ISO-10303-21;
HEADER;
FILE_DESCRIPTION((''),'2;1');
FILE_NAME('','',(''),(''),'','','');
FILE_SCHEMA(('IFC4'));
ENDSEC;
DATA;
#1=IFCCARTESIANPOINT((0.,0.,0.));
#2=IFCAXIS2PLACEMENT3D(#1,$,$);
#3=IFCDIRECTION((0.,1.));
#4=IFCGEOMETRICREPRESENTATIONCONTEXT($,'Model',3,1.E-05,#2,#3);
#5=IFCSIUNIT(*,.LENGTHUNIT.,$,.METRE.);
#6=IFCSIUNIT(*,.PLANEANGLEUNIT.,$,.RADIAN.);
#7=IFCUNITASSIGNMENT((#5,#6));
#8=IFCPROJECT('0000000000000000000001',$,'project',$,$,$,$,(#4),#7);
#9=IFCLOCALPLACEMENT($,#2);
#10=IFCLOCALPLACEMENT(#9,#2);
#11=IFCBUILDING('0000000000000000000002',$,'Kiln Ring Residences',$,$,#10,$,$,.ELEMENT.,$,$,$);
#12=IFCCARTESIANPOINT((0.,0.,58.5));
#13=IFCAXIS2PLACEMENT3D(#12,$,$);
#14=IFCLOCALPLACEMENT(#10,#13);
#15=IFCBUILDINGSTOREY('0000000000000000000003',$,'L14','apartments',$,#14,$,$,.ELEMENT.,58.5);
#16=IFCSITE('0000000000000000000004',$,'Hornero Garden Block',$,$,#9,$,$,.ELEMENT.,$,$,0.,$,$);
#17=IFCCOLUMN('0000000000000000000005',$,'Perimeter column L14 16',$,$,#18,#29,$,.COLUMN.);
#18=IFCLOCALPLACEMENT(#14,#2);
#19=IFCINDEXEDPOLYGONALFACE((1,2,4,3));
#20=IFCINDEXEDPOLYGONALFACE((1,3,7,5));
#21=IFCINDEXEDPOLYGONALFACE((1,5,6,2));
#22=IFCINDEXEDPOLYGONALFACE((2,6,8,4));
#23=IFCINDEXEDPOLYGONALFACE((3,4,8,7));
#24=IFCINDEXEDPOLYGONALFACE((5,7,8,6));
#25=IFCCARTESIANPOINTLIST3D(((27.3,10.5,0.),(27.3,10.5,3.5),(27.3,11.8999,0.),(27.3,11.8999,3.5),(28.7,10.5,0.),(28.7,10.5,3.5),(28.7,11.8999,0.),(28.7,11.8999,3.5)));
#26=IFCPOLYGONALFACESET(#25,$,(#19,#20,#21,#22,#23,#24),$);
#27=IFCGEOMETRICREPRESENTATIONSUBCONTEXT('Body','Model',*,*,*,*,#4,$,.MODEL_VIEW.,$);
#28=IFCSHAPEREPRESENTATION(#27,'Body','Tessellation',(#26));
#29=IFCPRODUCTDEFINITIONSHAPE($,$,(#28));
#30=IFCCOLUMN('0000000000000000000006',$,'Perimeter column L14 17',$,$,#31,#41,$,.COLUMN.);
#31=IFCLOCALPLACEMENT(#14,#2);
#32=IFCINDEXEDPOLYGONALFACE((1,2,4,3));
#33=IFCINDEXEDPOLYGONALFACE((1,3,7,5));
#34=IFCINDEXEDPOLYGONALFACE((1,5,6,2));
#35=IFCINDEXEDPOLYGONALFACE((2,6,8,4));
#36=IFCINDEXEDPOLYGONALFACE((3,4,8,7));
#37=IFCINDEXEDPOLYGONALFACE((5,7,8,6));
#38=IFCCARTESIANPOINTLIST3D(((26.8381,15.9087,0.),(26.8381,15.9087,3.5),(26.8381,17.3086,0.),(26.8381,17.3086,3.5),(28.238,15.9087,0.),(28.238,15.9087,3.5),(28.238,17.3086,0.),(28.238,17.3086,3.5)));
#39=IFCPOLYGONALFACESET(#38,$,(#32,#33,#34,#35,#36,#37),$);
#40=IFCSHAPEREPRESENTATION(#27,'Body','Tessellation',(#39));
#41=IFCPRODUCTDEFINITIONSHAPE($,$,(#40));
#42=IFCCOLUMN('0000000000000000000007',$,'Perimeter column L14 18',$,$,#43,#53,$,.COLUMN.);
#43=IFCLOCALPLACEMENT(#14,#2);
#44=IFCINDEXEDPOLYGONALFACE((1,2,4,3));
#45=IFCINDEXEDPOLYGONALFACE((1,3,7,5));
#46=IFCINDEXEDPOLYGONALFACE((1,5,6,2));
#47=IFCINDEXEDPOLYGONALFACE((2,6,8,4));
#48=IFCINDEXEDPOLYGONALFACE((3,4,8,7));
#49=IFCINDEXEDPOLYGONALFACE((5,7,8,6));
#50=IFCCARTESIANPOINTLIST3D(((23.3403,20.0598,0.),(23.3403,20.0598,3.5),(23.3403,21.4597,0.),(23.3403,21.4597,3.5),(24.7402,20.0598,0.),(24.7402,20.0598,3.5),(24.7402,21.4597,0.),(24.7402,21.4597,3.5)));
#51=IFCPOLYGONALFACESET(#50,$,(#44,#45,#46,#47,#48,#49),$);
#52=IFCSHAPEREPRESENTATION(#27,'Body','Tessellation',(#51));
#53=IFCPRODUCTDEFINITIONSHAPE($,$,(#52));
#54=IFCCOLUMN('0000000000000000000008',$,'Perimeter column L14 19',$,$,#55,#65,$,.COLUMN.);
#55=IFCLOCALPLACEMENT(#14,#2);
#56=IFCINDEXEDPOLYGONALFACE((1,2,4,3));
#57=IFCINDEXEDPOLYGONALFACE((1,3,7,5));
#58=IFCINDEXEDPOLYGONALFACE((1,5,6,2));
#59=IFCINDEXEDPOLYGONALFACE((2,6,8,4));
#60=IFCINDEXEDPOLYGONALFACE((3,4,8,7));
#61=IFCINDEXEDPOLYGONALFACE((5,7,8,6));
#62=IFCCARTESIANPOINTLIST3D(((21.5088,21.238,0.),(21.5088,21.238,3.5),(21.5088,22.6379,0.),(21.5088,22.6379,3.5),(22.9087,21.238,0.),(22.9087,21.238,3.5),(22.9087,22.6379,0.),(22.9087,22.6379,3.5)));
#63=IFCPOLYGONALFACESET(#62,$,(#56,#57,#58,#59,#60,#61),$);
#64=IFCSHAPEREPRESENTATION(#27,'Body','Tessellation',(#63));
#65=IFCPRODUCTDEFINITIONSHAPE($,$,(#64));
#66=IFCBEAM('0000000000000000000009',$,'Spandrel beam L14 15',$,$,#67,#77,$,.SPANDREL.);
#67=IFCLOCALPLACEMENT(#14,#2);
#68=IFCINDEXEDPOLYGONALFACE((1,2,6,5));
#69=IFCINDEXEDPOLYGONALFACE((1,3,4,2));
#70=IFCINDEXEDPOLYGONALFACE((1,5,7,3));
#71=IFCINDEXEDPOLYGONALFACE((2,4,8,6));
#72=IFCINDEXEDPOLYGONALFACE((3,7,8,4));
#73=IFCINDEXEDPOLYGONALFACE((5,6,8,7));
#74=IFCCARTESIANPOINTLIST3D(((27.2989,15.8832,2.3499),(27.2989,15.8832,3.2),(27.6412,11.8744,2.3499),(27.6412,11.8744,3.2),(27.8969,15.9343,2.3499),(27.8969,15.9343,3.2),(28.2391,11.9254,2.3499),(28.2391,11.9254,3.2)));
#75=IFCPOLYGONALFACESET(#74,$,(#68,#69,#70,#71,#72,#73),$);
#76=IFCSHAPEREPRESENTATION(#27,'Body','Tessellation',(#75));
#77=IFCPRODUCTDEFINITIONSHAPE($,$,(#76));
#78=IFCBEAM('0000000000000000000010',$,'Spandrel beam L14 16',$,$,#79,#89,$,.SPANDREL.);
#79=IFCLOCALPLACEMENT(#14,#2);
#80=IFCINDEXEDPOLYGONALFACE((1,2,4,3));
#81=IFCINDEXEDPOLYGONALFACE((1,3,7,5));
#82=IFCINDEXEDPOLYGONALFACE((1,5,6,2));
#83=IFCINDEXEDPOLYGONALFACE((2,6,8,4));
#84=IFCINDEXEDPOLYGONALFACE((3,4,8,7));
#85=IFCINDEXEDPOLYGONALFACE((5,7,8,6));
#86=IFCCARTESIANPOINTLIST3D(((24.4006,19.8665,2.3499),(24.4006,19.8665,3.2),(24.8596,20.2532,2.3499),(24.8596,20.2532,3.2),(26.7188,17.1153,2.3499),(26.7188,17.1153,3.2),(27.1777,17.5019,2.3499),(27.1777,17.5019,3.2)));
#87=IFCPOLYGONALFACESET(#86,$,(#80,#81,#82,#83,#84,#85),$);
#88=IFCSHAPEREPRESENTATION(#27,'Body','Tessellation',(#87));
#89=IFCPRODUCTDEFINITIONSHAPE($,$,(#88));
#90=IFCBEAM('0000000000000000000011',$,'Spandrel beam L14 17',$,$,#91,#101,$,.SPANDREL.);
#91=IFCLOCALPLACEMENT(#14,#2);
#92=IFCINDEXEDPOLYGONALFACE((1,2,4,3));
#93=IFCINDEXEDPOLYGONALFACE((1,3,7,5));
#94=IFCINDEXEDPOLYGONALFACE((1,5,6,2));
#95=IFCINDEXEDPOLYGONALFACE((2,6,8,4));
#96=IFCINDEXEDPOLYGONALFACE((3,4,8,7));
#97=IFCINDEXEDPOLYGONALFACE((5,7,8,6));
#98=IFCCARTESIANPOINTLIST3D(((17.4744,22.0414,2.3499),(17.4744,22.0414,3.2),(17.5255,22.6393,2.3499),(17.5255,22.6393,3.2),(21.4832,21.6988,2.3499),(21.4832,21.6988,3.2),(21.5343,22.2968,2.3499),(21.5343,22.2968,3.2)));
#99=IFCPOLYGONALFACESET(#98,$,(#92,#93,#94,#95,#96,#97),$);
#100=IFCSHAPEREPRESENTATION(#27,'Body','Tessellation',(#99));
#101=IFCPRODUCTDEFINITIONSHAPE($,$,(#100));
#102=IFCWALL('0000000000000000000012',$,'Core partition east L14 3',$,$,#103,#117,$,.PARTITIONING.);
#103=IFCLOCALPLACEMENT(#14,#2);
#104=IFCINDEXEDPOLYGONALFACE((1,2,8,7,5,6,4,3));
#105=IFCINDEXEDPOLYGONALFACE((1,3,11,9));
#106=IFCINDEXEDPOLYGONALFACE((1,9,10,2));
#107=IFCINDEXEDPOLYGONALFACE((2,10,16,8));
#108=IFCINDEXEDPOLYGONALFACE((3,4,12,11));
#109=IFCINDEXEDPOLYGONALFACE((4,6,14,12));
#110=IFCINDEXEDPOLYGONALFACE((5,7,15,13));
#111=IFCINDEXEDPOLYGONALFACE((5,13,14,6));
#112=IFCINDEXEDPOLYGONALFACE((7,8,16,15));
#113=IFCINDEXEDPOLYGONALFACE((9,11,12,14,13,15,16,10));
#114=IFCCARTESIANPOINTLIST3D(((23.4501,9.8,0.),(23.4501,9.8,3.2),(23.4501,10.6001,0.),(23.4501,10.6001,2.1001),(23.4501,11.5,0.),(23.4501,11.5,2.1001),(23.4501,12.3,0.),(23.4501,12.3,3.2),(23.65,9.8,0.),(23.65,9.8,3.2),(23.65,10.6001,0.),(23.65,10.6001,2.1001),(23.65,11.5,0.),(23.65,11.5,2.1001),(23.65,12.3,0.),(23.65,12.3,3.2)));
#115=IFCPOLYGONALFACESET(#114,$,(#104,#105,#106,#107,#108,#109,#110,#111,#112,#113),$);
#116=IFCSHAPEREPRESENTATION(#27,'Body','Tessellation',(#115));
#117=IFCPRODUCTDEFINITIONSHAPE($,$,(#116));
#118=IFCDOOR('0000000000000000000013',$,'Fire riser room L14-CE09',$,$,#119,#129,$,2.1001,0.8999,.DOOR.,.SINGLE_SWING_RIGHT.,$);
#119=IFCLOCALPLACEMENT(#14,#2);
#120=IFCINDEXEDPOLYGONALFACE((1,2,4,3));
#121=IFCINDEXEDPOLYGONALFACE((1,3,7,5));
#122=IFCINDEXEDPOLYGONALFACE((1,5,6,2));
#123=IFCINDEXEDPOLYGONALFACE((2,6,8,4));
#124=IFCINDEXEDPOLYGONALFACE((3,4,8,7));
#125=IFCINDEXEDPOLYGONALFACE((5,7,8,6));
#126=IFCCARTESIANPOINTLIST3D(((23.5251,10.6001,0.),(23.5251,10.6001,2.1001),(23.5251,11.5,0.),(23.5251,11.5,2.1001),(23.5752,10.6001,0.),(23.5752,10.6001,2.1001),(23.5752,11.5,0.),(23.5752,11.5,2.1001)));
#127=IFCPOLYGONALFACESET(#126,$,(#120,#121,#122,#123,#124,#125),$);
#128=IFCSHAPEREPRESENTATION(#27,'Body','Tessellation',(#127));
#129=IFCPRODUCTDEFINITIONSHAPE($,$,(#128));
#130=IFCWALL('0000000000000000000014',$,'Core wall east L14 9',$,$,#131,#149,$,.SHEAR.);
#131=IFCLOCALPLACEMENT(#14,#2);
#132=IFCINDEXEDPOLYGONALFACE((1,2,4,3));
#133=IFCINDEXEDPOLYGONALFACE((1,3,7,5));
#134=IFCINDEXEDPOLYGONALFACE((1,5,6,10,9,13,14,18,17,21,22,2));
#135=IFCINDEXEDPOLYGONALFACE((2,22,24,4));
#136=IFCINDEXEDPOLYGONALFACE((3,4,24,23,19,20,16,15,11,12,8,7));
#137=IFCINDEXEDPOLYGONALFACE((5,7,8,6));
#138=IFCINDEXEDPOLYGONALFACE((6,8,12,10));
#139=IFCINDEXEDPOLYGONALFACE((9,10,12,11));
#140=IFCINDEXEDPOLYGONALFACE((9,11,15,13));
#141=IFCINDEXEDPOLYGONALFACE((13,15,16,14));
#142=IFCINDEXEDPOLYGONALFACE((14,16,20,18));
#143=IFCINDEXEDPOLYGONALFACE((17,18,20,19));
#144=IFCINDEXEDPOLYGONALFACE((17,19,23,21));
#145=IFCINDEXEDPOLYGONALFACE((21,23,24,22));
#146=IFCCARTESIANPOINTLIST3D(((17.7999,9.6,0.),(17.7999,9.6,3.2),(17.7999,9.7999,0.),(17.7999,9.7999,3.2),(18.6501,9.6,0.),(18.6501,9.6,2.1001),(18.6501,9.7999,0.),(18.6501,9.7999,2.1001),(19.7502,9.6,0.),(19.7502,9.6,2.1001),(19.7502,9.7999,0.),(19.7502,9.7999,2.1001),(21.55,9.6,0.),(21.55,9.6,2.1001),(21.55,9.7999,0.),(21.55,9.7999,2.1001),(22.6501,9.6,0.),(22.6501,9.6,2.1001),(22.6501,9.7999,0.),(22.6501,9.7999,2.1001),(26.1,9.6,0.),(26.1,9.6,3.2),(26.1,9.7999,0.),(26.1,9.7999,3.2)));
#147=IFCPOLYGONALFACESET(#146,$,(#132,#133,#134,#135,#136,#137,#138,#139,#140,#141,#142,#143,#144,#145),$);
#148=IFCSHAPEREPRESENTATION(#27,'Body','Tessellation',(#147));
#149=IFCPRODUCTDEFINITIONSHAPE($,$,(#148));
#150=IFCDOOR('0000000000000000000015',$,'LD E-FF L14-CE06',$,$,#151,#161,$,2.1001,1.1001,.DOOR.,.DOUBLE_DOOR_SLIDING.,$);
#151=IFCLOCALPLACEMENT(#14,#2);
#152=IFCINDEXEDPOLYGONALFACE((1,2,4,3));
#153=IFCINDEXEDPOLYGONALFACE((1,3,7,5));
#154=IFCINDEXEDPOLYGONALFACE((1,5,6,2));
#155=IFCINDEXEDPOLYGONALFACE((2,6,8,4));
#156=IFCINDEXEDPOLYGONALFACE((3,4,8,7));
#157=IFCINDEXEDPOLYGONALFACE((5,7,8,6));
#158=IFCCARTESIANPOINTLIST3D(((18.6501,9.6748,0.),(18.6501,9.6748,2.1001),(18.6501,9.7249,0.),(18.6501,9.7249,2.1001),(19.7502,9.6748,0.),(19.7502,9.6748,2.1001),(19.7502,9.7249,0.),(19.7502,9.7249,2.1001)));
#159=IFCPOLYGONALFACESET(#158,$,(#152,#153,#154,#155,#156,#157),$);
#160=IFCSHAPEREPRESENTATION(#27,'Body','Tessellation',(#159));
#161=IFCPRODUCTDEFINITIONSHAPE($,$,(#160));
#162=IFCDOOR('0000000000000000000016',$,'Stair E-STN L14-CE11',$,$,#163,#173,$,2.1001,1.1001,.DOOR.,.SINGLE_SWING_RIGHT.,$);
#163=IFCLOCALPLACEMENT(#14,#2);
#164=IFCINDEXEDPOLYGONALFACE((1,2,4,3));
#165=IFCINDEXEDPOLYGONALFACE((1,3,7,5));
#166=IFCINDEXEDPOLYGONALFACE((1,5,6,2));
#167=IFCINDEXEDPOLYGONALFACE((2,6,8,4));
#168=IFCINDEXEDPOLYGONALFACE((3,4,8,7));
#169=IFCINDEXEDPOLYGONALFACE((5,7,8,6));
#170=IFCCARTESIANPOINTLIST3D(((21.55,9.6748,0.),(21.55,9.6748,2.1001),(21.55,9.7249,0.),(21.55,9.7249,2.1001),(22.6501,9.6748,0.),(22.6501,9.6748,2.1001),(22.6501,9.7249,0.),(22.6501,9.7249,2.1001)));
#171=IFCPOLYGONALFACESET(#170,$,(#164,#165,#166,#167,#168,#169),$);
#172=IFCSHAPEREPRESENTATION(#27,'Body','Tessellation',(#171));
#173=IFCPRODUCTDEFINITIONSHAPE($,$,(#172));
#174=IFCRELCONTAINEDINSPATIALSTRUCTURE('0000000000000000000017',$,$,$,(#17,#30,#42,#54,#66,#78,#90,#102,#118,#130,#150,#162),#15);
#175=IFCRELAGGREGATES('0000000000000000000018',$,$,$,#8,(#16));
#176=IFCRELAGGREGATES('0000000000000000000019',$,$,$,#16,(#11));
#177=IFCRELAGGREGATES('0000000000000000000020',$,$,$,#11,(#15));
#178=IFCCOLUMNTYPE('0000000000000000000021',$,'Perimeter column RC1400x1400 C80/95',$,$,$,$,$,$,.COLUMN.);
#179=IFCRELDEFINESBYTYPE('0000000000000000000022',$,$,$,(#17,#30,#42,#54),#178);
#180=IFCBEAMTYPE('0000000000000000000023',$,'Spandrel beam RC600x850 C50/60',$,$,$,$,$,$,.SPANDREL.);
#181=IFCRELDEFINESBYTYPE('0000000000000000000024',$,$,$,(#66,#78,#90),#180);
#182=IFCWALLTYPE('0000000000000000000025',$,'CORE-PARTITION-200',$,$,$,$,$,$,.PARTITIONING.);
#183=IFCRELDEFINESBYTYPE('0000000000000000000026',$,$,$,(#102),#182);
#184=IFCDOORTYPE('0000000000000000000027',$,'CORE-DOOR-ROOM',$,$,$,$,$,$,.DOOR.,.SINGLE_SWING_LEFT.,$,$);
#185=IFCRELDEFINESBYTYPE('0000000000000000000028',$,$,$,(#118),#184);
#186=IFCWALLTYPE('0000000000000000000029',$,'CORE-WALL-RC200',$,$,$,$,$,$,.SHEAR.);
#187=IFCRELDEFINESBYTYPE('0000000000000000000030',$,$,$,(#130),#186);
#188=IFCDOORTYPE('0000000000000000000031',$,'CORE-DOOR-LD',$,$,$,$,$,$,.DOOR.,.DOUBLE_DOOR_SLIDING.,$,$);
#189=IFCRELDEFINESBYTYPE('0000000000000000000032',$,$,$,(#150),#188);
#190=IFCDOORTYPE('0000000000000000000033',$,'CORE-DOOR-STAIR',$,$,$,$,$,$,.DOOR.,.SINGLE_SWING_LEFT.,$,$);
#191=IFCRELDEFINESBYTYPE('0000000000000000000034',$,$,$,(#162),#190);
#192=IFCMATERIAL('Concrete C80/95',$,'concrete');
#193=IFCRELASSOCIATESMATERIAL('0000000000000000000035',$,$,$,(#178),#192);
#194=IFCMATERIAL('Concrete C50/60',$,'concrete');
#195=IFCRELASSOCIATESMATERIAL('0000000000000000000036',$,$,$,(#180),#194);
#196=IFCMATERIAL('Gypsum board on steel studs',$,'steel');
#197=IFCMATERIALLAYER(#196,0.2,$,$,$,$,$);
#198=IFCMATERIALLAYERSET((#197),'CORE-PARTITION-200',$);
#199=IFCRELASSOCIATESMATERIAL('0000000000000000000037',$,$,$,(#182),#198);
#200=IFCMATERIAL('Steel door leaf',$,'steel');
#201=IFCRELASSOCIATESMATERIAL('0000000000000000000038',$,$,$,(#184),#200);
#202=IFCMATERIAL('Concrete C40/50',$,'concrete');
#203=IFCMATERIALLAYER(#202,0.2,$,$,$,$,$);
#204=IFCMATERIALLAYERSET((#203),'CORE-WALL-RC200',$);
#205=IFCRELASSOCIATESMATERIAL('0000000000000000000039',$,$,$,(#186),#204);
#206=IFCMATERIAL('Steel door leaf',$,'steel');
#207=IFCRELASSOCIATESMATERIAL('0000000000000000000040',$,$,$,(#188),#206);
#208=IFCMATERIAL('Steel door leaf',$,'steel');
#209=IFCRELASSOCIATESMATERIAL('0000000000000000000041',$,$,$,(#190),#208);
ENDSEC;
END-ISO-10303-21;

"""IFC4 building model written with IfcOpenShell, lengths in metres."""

from ifc_helpers import new_model, si_unit, direction, frame, frame_2d, origin, origin_2d, place, context, subcontext, project, spatial, rectangle, extrude, material, layer, layer_set, material_profile, profile_set, type_object, element, fill, save


model = new_model("IFC4")

# Units and contexts
model_context = context("Model", 3, precision=1e-05, world=origin(), true_north=direction((0.0, 1.0)))
body_context = subcontext(model_context, "Body", "Model", "MODEL_VIEW")
ifc_project = project(units=[si_unit("LENGTHUNIT", "METRE"), si_unit("PLANEANGLEUNIT", "RADIAN")], contexts=[model_context])

# Site, building, storey
site_placement = place(None, origin())
site = spatial("IfcSite", under=ifc_project, at=site_placement, Name="Hornero Garden Block", CompositionType="ELEMENT", RefElevation=0.0)
building_placement = place(site_placement, origin())
building = spatial("IfcBuilding", under=site, at=building_placement, Name="Kiln Ring Residences", CompositionType="ELEMENT")
storey_placement = place(building_placement, frame((0.0, 0.0, 58.5)))
storey = spatial("IfcBuildingStorey", under=building, at=storey_placement, Name="L14", Description="apartments", CompositionType="ELEMENT", Elevation=58.5)

# Columns
ifc_material_1 = material(Name="Concrete C80/95", Category="concrete")
ifc_material_profile_1 = material_profile(ifc_material_1, rectangle(XDim=1.3999, YDim=1.3999, at=origin_2d()), Name="RC1400x1400")
ifc_profile_set_1 = profile_set([ifc_material_profile_1], Name="Concrete C80/95")
column_type = type_object("IfcColumnType", Name="Perimeter column RC1400x1400 C80/95", PredefinedType="COLUMN", material=ifc_profile_set_1)
for number, where, z_axis, x_axis, name in (
    (1, (28.0, 11.2, 0.0), (0.0, 0.0, 1.0), (1.0, 0.0, 0.0), "Perimeter column L14 16"),
    (2, (27.5381, 16.6086, 0.0), (0.0, 0.0, 1.0), (1.0, 0.0, 0.0), "Perimeter column L14 17"),
    (3, (24.0403, 20.7598, 0.0), (0.0, 0.0, 1.0), (1.0, 0.0, 0.0), "Perimeter column L14 18"),
    (4, (22.2087, 21.938, 0.0), (0.0, 0.0, 1.0), (1.0, 0.0, 0.0), "Perimeter column L14 19"),
):
    element("IfcColumn", number, at=place(storey_placement, frame(where, z_axis=z_axis, x_axis=x_axis)), inside=storey, type_object=column_type, Name=name, PredefinedType="COLUMN", context=body_context, shape_type="SweptSolid", body=[
        extrude(rectangle(XDim=1.3999, YDim=1.3999, at=origin_2d()), origin(), (0.0, 0.0, 1.0), 3.5),
    ])

# Beams
ifc_material_2 = material(Name="Concrete C50/60", Category="concrete")
ifc_material_profile_2 = material_profile(ifc_material_2, rectangle(XDim=0.6001, YDim=0.8501, at=origin_2d()), Name="RC600x850")
ifc_profile_set_2 = profile_set([ifc_material_profile_2], Name="Concrete C50/60")
beam_type = type_object("IfcBeamType", Name="Spandrel beam RC600x850 C50/60", PredefinedType="SPANDREL", material=ifc_profile_set_2)
beam_1_placement = place(storey_placement, frame((27.9402, 11.8999, 2.7749), z_axis=(-0.085074, 0.996375, 0.0), x_axis=(-0.996375, -0.085074, 0.0)))
element("IfcBeam", 5, at=beam_1_placement, inside=storey, type_object=beam_type, Name="Spandrel beam L14 15", PredefinedType="SPANDREL", context=body_context, shape_type="SweptSolid", body=[
    extrude(rectangle(XDim=0.6001, YDim=0.8501, at=origin_2d()), origin(), (0.0, 0.0, 1.0), 4.0234),
])
beam_2_placement = place(storey_placement, frame((26.9482, 17.3086, 2.7749), z_axis=(-0.644347, 0.764733, 0.0), x_axis=(-0.764733, -0.644347, 0.0)))
element("IfcBeam", 6, at=beam_2_placement, inside=storey, type_object=beam_type, Name="Spandrel beam L14 16", PredefinedType="SPANDREL", context=body_context, shape_type="SweptSolid", body=[
    extrude(rectangle(XDim=0.6001, YDim=0.8501, at=origin_2d()), origin(), (0.0, 0.0, 1.0), 3.5977),
])
beam_3_placement = place(storey_placement, frame((21.5088, 21.9978, 2.7749), z_axis=(-0.996369, 0.085134, 0.0), x_axis=(-0.085134, -0.996369, 0.0)))
element("IfcBeam", 7, at=beam_3_placement, inside=storey, type_object=beam_type, Name="Spandrel beam L14 17", PredefinedType="SPANDREL", context=body_context, shape_type="SweptSolid", body=[
    extrude(rectangle(XDim=0.6001, YDim=0.8501, at=origin_2d()), origin(), (0.0, 0.0, 1.0), 4.0234),
])

# Wall, opening, door
ifc_material_3 = material(Name="Gypsum board on steel studs", Category="steel")
ifc_layer_1 = layer(ifc_material_3, 0.2)
ifc_layer_set_1 = layer_set([ifc_layer_1], Name="CORE-PARTITION-200")
wall_type_1 = type_object("IfcWallType", Name="CORE-PARTITION-200", PredefinedType="PARTITIONING", material=ifc_layer_set_1)
wall_1_placement = place(storey_placement, frame((23.55, 9.8, 0.0), z_axis=(0.0, 0.0, 1.0), x_axis=(0.0, 1.0, 0.0)))
wall_1 = element("IfcWall", 8, at=wall_1_placement, inside=storey, type_object=wall_type_1, Name="Core partition east L14 3", PredefinedType="PARTITIONING", context=body_context, shape_type="SweptSolid", body=[
    extrude(rectangle(XDim=2.5, YDim=0.2, at=frame_2d((1.25, 0.0))), origin(), (0.0, 0.0, 1.0), 3.2),
])
opening_1_placement = place(wall_1_placement, frame((0.8, 0.0, 0.0)))
opening_1 = element("IfcOpeningElement", 9, at=opening_1_placement, cuts=wall_1, PredefinedType="OPENING", context=body_context, shape_type="SweptSolid", body=[
    extrude(rectangle(XDim=0.8999, YDim=2.1001, at=frame_2d((0.45, 1.05))), frame((0.0, 0.1099, 0.0), z_axis=(0.0, -1.0, 0.0), x_axis=(1.0, 0.0, 0.0)), (0.0, 0.0, 1.0), 0.22),
])
ifc_material_4 = material(Name="Steel door leaf", Category="steel")
door_type_1 = type_object("IfcDoorType", Name="CORE-DOOR-ROOM", OperationType="SINGLE_SWING_LEFT", PredefinedType="DOOR", material=ifc_material_4)
door_1_placement = place(opening_1_placement, origin())
door_1 = element("IfcDoor", 10, at=door_1_placement, inside=storey, type_object=door_type_1, Name="Fire riser room L14-CE09", OperationType="SINGLE_SWING_RIGHT", OverallHeight=2.1001, OverallWidth=0.8999, PredefinedType="DOOR", context=body_context, shape_type="SweptSolid", body=[
    extrude(rectangle(XDim=0.8999, YDim=2.1001, at=frame_2d((0.45, 1.05))), frame((0.0, 0.0249, 0.0), z_axis=(0.0, -1.0, 0.0), x_axis=(1.0, 0.0, 0.0)), (0.0, 0.0, 1.0), 0.05),
])
fill(opening_1, door_1)

# Wall, openings, doors
ifc_material_5 = material(Name="Concrete C40/50", Category="concrete")
ifc_layer_2 = layer(ifc_material_5, 0.2)
ifc_layer_set_2 = layer_set([ifc_layer_2], Name="CORE-WALL-RC200")
wall_type_2 = type_object("IfcWallType", Name="CORE-WALL-RC200", PredefinedType="SHEAR", material=ifc_layer_set_2)
wall_2_placement = place(storey_placement, frame((17.8, 9.7, 0.0), z_axis=(0.0, 0.0, 1.0), x_axis=(1.0, 0.0, 0.0)))
wall_2 = element("IfcWall", 11, at=wall_2_placement, inside=storey, type_object=wall_type_2, Name="Core wall east L14 9", PredefinedType="SHEAR", context=body_context, shape_type="SweptSolid", body=[
    extrude(rectangle(XDim=8.3, YDim=0.2, at=frame_2d((4.1499, 0.0))), origin(), (0.0, 0.0, 1.0), 3.2),
])
opening_2_placement = place(wall_2_placement, frame((0.8501, 0.0, 0.0)))
opening_2 = element("IfcOpeningElement", 12, at=opening_2_placement, cuts=wall_2, PredefinedType="OPENING", context=body_context, shape_type="SweptSolid", body=[
    extrude(rectangle(XDim=1.1001, YDim=2.1001, at=frame_2d((0.55, 1.05))), frame((0.0, 0.1099, 0.0), z_axis=(0.0, -1.0, 0.0), x_axis=(1.0, 0.0, 0.0)), (0.0, 0.0, 1.0), 0.22),
])
opening_3_placement = place(wall_2_placement, frame((3.75, 0.0, 0.0)))
opening_3 = element("IfcOpeningElement", 13, at=opening_3_placement, cuts=wall_2, PredefinedType="OPENING", context=body_context, shape_type="SweptSolid", body=[
    extrude(rectangle(XDim=1.1001, YDim=2.1001, at=frame_2d((0.55, 1.05))), frame((0.0, 0.1099, 0.0), z_axis=(0.0, -1.0, 0.0), x_axis=(1.0, 0.0, 0.0)), (0.0, 0.0, 1.0), 0.22),
])
ifc_material_6 = material(Name="Steel door leaf", Category="steel")
door_type_2 = type_object("IfcDoorType", Name="CORE-DOOR-LD", OperationType="DOUBLE_DOOR_SLIDING", PredefinedType="DOOR", material=ifc_material_6)
door_2_placement = place(opening_2_placement, origin())
door_2 = element("IfcDoor", 14, at=door_2_placement, inside=storey, type_object=door_type_2, Name="LD E-FF L14-CE06", OperationType="DOUBLE_DOOR_SLIDING", OverallHeight=2.1001, OverallWidth=1.1001, PredefinedType="DOOR", context=body_context, shape_type="SweptSolid", body=[
    extrude(rectangle(XDim=1.1001, YDim=2.1001, at=frame_2d((0.55, 1.05))), frame((0.0, 0.0249, 0.0), z_axis=(0.0, -1.0, 0.0), x_axis=(1.0, 0.0, 0.0)), (0.0, 0.0, 1.0), 0.05),
])
fill(opening_2, door_2)
ifc_material_7 = material(Name="Steel door leaf", Category="steel")
door_type_3 = type_object("IfcDoorType", Name="CORE-DOOR-STAIR", OperationType="SINGLE_SWING_LEFT", PredefinedType="DOOR", material=ifc_material_7)
door_3_placement = place(opening_3_placement, origin())
door_3 = element("IfcDoor", 15, at=door_3_placement, inside=storey, type_object=door_type_3, Name="Stair E-STN L14-CE11", OperationType="SINGLE_SWING_RIGHT", OverallHeight=2.1001, OverallWidth=1.1001, PredefinedType="DOOR", context=body_context, shape_type="SweptSolid", body=[
    extrude(rectangle(XDim=1.1001, YDim=2.1001, at=frame_2d((0.55, 1.05))), frame((0.0, 0.0249, 0.0), z_axis=(0.0, -1.0, 0.0), x_axis=(1.0, 0.0, 0.0)), (0.0, 0.0, 1.0), 0.05),
])
fill(opening_3, door_3)

save(model, "model.ifc")
